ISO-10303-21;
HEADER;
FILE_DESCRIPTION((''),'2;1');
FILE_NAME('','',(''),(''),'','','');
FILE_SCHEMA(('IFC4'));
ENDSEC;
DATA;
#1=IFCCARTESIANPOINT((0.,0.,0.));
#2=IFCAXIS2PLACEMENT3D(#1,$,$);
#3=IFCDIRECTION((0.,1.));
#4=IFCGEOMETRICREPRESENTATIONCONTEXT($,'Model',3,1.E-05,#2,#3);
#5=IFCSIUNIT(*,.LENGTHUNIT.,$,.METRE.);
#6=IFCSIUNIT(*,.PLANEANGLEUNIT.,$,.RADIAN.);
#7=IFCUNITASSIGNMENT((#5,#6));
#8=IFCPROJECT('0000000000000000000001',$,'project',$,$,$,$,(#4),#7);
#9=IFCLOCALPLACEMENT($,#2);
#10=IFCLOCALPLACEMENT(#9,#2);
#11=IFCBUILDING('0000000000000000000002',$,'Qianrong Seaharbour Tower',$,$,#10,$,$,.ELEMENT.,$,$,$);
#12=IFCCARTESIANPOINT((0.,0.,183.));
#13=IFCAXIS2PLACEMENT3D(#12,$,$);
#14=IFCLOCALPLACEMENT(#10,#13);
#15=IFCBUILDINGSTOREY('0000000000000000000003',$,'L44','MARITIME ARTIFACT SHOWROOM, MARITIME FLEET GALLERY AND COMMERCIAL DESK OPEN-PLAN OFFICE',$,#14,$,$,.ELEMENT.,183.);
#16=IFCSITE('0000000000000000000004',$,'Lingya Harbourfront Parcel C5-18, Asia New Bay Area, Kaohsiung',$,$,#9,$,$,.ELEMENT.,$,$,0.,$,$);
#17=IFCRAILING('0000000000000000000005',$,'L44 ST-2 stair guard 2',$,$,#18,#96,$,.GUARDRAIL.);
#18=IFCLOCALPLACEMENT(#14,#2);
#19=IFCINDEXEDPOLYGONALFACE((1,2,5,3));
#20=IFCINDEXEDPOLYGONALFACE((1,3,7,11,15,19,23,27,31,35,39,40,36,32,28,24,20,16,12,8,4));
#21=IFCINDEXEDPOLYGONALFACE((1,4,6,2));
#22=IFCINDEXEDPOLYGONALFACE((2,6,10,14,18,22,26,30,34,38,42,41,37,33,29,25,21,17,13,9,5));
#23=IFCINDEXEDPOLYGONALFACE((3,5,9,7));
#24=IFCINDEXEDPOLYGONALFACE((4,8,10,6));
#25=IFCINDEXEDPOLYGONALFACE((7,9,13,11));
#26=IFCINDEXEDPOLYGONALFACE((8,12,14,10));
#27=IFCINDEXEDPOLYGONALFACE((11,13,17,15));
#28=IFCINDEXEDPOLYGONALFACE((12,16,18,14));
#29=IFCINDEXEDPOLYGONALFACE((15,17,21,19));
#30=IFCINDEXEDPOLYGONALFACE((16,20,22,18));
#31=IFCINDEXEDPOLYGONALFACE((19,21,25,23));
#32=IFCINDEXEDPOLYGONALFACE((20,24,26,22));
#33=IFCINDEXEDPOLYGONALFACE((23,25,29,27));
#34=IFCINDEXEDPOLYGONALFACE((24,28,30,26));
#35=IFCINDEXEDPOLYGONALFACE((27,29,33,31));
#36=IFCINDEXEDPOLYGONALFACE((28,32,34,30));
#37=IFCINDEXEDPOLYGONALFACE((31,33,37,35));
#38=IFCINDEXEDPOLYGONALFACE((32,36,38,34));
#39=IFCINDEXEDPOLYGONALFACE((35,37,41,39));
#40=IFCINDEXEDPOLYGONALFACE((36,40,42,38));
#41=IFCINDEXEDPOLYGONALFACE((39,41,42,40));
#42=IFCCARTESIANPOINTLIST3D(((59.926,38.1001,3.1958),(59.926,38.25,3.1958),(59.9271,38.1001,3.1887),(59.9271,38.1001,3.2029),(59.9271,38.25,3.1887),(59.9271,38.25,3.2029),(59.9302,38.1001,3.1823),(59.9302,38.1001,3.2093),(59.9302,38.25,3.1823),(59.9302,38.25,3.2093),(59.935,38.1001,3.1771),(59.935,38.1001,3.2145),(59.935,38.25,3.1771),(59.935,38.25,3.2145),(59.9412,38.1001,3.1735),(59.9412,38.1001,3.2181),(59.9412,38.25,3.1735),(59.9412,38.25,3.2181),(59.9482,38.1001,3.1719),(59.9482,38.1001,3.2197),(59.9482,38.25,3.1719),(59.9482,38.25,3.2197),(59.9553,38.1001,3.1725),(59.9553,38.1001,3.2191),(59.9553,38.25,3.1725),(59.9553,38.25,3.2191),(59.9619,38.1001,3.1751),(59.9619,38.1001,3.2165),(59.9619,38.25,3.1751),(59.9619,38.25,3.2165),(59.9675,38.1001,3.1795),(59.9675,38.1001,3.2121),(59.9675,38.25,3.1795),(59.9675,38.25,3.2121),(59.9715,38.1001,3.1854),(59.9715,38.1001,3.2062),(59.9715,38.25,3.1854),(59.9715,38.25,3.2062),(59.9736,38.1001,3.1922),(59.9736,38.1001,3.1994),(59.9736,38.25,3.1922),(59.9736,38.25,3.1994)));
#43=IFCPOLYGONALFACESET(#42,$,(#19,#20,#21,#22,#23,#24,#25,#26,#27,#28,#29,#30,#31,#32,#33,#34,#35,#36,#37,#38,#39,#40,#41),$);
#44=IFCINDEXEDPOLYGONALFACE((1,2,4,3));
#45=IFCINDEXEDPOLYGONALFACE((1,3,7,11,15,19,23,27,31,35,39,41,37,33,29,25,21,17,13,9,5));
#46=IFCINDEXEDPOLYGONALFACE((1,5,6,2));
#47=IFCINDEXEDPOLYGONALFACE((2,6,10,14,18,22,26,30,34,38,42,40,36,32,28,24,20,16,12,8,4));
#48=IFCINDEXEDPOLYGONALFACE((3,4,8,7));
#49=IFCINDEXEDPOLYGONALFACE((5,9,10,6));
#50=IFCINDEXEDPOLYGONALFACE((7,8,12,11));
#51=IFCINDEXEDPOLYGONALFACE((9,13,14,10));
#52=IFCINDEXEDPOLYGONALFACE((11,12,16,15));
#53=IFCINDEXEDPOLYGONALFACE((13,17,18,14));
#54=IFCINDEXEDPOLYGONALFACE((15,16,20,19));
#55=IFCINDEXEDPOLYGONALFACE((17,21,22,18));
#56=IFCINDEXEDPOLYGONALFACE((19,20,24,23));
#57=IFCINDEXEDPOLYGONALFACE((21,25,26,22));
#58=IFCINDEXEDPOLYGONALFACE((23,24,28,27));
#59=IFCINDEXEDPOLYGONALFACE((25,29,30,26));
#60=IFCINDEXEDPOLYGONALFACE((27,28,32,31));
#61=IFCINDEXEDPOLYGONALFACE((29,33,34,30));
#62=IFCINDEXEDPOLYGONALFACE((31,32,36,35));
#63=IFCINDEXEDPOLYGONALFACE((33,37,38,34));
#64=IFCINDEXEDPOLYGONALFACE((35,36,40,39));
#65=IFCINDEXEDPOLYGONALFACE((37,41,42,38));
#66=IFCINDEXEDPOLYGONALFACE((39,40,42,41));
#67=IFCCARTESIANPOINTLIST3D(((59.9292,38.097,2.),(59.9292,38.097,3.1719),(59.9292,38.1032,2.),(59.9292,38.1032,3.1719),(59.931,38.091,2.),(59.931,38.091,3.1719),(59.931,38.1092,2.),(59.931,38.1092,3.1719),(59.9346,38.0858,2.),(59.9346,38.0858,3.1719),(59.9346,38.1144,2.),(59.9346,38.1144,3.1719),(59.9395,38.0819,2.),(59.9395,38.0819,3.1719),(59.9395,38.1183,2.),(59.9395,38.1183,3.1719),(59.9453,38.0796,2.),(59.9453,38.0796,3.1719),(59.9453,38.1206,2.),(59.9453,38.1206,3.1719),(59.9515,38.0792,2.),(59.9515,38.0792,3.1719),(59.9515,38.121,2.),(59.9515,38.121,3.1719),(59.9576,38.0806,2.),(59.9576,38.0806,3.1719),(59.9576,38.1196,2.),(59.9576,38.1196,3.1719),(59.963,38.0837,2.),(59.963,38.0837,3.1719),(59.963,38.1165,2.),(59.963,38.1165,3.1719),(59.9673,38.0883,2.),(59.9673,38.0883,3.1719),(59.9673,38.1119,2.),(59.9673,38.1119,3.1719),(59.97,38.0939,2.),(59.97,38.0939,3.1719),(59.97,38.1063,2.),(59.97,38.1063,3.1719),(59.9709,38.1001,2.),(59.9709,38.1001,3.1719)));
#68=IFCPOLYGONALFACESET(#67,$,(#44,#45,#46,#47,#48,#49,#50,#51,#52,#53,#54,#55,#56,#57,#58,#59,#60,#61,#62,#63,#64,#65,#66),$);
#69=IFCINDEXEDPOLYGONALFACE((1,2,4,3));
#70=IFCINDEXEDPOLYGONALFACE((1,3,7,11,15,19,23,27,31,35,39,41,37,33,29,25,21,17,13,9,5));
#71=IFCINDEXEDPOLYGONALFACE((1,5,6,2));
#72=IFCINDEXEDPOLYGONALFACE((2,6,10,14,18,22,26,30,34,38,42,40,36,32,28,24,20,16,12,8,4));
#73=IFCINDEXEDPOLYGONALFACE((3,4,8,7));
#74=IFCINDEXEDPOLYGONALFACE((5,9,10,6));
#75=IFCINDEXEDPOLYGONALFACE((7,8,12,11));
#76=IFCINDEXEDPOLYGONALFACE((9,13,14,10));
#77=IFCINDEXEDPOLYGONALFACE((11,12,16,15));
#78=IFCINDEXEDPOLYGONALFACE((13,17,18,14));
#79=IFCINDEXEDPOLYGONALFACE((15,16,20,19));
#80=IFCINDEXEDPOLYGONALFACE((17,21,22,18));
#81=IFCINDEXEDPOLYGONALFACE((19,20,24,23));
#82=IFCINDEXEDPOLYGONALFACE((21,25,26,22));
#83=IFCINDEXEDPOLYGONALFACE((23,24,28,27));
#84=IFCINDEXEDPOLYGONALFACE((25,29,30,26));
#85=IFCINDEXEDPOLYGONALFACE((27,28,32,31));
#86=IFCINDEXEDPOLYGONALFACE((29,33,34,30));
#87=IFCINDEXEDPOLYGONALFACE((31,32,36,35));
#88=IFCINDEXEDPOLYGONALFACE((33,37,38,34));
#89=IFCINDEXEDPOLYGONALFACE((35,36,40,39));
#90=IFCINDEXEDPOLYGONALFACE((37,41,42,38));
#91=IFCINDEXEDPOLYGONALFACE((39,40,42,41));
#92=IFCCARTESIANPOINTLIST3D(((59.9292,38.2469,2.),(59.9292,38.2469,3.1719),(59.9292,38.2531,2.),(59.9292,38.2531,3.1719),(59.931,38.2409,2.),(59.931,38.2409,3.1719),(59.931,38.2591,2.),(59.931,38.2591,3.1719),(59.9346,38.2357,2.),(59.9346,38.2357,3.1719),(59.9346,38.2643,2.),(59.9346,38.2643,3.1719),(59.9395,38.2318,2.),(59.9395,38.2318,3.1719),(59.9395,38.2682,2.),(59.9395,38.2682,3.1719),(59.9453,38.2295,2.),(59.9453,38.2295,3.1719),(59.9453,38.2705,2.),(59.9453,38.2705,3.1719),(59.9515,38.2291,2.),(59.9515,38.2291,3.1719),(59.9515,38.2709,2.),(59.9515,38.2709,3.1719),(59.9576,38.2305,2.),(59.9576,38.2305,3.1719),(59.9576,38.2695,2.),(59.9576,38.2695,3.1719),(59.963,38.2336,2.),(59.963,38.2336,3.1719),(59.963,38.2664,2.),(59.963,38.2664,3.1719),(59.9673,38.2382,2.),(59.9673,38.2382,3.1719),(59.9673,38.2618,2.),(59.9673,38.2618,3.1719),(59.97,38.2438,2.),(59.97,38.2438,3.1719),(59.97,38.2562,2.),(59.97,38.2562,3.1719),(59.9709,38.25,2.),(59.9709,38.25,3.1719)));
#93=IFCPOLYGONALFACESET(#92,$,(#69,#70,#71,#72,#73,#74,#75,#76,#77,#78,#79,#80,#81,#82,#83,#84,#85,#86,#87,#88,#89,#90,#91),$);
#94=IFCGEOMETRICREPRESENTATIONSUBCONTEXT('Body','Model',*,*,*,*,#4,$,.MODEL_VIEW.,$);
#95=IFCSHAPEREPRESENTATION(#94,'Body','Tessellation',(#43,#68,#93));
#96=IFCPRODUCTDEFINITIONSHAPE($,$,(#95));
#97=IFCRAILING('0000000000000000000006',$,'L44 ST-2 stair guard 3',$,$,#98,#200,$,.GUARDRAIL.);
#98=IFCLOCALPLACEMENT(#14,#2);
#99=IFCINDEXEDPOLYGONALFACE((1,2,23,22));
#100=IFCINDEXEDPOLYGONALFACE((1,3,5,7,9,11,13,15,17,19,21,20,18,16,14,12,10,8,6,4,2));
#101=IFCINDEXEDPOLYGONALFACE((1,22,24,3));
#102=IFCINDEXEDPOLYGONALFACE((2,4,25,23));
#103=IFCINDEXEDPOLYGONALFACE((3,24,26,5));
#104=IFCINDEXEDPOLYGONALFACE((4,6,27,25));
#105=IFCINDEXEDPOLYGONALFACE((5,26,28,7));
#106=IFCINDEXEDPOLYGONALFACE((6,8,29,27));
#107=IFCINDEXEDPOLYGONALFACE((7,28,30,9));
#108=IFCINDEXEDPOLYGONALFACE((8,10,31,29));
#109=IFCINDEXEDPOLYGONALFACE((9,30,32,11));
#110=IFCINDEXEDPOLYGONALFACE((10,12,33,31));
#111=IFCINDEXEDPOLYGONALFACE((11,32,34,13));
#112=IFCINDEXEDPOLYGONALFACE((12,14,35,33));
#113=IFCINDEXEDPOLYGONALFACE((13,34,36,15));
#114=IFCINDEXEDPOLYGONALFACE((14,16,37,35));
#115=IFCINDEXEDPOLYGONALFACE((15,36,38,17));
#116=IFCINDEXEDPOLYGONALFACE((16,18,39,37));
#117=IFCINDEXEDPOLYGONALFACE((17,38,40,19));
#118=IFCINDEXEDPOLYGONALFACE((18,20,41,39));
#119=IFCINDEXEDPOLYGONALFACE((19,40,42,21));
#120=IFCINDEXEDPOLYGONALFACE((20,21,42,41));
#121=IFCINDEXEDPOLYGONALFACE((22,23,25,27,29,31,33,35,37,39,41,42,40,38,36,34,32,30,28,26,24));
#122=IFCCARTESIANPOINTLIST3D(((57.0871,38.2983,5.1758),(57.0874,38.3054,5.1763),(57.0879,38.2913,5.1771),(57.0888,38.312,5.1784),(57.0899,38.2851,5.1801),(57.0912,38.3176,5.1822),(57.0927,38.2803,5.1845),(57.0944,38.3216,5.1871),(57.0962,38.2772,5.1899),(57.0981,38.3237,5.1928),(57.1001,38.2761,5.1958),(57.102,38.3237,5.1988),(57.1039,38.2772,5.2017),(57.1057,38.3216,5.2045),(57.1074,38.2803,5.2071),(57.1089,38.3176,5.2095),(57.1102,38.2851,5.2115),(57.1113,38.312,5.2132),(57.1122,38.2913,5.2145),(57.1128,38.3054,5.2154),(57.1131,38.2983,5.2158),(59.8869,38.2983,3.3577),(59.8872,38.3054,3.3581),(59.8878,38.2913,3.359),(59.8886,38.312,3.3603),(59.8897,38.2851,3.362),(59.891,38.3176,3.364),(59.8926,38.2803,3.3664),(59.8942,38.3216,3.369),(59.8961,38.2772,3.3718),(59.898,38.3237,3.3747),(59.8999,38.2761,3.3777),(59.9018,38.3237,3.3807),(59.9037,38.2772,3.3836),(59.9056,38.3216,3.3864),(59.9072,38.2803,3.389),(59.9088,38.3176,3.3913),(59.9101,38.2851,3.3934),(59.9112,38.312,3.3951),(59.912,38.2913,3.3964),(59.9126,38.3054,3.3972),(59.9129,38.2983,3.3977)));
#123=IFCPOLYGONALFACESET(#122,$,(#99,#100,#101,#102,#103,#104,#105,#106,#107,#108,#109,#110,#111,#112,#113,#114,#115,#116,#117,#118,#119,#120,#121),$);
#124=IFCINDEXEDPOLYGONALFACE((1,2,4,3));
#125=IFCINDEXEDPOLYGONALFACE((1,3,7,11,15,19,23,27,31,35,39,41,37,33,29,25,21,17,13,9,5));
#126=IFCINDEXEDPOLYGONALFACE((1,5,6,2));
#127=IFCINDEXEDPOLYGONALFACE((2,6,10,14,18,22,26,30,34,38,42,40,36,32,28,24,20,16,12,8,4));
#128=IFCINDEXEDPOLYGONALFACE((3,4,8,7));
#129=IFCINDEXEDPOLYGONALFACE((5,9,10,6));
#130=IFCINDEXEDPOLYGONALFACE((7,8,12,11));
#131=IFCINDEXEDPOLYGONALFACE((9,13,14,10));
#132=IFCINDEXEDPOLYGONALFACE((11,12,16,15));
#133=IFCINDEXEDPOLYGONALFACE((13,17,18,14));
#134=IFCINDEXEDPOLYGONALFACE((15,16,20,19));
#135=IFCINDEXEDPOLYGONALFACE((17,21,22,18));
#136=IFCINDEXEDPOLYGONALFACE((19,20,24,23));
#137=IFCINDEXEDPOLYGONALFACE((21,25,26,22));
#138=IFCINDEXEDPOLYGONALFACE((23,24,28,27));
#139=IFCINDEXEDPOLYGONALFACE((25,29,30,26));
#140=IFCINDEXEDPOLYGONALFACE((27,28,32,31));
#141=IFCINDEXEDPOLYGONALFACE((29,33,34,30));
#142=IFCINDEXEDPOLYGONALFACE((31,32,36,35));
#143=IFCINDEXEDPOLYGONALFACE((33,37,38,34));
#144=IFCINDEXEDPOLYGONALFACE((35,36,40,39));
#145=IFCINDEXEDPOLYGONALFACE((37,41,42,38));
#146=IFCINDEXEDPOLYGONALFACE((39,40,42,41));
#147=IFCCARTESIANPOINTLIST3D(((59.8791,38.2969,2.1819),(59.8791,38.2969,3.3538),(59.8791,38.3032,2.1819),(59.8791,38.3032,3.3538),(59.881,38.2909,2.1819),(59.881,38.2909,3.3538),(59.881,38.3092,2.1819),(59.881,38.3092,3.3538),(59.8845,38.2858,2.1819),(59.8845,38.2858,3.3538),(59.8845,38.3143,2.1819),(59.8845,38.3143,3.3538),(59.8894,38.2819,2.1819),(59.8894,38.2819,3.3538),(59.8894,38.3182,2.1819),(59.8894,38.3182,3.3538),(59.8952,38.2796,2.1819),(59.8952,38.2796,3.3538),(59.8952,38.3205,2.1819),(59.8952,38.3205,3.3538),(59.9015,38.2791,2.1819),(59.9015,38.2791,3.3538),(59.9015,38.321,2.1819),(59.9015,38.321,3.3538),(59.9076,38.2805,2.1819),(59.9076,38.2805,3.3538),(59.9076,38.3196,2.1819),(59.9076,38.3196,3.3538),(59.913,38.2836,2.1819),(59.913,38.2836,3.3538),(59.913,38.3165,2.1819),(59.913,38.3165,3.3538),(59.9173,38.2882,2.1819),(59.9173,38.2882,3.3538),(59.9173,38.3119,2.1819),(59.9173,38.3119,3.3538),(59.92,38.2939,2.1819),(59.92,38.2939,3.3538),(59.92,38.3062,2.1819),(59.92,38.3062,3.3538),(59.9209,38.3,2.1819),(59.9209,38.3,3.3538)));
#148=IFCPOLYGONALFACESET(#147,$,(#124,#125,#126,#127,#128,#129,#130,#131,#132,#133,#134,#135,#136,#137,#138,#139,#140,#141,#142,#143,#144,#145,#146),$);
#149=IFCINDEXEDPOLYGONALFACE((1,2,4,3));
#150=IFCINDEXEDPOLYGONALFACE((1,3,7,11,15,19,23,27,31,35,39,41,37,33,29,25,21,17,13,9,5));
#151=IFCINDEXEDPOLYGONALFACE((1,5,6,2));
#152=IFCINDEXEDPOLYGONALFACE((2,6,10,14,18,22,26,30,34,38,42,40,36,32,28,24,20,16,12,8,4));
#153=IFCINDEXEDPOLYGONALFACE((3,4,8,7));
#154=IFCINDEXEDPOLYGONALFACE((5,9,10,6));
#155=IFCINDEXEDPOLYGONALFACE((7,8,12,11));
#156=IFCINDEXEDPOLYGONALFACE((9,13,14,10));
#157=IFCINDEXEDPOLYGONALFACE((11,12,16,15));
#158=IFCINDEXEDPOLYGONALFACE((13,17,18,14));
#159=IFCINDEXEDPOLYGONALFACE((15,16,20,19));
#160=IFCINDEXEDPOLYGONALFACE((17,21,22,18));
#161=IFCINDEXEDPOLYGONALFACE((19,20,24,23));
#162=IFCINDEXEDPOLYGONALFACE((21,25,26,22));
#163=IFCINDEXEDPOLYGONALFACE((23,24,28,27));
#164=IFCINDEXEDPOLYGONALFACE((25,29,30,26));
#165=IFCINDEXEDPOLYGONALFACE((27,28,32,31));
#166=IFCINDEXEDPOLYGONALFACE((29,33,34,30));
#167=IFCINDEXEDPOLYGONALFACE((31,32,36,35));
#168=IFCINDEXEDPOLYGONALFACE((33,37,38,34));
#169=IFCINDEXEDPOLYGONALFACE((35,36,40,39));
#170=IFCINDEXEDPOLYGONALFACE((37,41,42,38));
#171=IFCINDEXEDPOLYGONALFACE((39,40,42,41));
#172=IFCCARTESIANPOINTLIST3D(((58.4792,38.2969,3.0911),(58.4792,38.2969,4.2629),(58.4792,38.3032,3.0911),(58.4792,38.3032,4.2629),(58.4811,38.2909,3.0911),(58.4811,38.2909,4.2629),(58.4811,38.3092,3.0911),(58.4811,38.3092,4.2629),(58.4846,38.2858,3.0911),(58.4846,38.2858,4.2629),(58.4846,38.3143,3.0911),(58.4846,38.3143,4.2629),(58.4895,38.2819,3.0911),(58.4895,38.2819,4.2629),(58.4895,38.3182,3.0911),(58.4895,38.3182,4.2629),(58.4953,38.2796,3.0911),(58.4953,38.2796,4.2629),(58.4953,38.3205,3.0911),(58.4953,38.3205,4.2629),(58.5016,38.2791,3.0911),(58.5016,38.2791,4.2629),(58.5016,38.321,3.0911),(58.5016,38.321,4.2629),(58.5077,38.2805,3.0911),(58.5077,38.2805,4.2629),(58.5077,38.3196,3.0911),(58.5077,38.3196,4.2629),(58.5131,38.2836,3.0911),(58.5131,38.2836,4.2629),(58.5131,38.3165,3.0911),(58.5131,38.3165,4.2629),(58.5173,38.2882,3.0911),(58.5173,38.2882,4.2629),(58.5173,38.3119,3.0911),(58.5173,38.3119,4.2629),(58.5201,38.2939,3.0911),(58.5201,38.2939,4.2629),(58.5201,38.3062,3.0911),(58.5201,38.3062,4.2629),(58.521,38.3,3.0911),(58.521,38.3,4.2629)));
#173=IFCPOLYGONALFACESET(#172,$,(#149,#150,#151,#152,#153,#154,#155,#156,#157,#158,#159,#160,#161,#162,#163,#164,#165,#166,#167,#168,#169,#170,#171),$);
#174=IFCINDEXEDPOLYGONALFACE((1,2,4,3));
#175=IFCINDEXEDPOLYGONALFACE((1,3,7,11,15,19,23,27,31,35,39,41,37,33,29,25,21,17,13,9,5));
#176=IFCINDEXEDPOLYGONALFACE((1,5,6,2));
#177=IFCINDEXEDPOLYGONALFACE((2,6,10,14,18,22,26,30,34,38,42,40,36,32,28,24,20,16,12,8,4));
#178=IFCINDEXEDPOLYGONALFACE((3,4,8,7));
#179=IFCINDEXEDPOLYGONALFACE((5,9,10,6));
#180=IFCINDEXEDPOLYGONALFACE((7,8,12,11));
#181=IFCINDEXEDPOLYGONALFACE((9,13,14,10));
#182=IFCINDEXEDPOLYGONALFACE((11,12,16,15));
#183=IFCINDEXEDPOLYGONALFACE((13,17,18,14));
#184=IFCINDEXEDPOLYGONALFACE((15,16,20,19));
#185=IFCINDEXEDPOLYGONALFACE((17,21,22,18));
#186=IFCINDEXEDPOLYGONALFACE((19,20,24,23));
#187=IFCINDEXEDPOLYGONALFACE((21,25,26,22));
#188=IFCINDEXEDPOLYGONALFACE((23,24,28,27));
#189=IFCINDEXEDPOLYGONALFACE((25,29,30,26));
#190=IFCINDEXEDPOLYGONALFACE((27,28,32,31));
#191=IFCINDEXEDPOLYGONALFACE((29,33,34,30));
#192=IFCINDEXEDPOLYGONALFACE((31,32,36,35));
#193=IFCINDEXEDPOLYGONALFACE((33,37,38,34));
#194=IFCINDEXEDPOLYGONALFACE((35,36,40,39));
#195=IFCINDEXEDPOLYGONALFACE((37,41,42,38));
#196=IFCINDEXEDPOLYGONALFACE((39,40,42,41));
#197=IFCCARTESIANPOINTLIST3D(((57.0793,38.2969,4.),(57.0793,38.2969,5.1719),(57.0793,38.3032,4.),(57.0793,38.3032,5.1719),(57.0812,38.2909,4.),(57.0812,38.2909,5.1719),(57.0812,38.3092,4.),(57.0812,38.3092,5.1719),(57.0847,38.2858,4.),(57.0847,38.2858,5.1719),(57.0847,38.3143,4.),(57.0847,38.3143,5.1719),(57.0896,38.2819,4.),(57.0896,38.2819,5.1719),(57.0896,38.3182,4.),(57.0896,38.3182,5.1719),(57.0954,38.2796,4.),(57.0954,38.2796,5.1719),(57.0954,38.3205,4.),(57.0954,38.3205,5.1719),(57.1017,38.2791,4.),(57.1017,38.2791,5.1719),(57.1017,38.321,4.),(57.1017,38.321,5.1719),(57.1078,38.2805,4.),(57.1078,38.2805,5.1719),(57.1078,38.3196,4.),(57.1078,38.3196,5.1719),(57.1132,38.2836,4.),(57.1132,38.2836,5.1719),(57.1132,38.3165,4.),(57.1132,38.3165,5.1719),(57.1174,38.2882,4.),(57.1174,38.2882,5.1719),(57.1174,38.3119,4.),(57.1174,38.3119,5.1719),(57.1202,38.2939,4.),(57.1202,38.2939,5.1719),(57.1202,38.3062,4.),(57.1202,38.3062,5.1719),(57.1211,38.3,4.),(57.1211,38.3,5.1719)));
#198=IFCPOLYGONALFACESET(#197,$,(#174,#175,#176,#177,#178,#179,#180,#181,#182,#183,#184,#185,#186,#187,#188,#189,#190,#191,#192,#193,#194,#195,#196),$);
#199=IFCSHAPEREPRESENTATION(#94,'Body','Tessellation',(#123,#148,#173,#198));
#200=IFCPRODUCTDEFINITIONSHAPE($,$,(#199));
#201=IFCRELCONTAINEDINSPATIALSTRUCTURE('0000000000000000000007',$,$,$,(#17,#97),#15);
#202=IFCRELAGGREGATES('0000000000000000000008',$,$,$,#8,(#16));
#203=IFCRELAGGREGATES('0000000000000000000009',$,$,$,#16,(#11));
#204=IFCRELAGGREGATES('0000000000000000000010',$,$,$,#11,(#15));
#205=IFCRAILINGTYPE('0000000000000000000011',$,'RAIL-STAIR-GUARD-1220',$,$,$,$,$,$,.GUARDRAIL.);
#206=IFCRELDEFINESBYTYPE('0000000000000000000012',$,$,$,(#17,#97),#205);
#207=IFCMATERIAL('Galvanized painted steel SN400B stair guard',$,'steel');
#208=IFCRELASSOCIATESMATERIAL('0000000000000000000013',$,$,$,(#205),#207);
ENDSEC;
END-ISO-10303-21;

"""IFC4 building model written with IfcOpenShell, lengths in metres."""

from ifc_helpers import new_model, si_unit, direction, frame, origin, origin_2d, place, context, subcontext, project, spatial, circle, extrude, material, type_object, element, save


model = new_model("IFC4")

# Units and contexts
model_context = context("Model", 3, precision=1e-05, world=origin(), true_north=direction((0.0, 1.0)))
body_context = subcontext(model_context, "Body", "Model", "MODEL_VIEW")
ifc_project = project(units=[si_unit("LENGTHUNIT", "METRE"), si_unit("PLANEANGLEUNIT", "RADIAN")], contexts=[model_context])

# Site, building, storey
site_placement = place(None, origin())
site = spatial("IfcSite", under=ifc_project, at=site_placement, Name="Lingya Harbourfront Parcel C5-18, Asia New Bay Area, Kaohsiung", CompositionType="ELEMENT", RefElevation=0.0)
building_placement = place(site_placement, origin())
building = spatial("IfcBuilding", under=site, at=building_placement, Name="Qianrong Seaharbour Tower", CompositionType="ELEMENT")
storey_placement = place(building_placement, frame((0.0, 0.0, 183.0)))
storey = spatial("IfcBuildingStorey", under=building, at=storey_placement, Name="L44", Description="MARITIME ARTIFACT SHOWROOM, MARITIME FLEET GALLERY AND COMMERCIAL DESK OPEN-PLAN OFFICE", CompositionType="ELEMENT", Elevation=183.0)

# Railings
ifc_material_1 = material(Name="Galvanized painted steel SN400B stair guard", Category="steel")
railing_type_1 = type_object("IfcRailingType", Name="RAIL-STAIR-GUARD-1220", PredefinedType="GUARDRAIL", material=ifc_material_1)
railing_1_placement = place(storey_placement, frame((59.95, 38.1001, 2.0)))
element("IfcRailing", 1, at=railing_1_placement, inside=storey, type_object=railing_type_1, Name="L44 ST-2 stair guard 2", PredefinedType="GUARDRAIL", context=body_context, shape_type="SweptSolid", body=[
    extrude(circle(Radius=0.0239, at=origin_2d()), frame((0.0, 0.0, 1.1958), z_axis=(0.0, 1.0, 0.0), x_axis=(-1.0, 0.0, 0.0)), (0.0, 0.0, 1.0), 0.1499),
    extrude(circle(Radius=0.021, at=origin_2d()), origin(), (0.0, 0.0, 1.0), 1.1719),
    extrude(circle(Radius=0.021, at=origin_2d()), frame((0.0, 0.1499, 0.0)), (0.0, 0.0, 1.0), 1.1719),
])
railing_2_placement = place(storey_placement, frame((59.8999, 38.3, 2.1819)))
element("IfcRailing", 2, at=railing_2_placement, inside=storey, type_object=railing_type_1, Name="L44 ST-2 stair guard 3", PredefinedType="GUARDRAIL", context=body_context, shape_type="SweptSolid", body=[
    extrude(circle(Radius=0.0239, at=origin_2d()), frame((0.0, 0.0, 1.1958), z_axis=(-0.838684, 0.0, 0.544618), x_axis=(0.0, -1.0, 0.0)), (0.0, 0.0, 1.0), 3.3384),
    extrude(circle(Radius=0.021, at=origin_2d()), origin(), (0.0, 0.0, 1.0), 1.1719),
    extrude(circle(Radius=0.021, at=origin_2d()), frame((-1.3999, 0.0, 0.9092)), (0.0, 0.0, 1.0), 1.1719),
    extrude(circle(Radius=0.021, at=origin_2d()), frame((-2.7998, 0.0, 1.8181)), (0.0, 0.0, 1.0), 1.1719),
])

save(model, "model.ifc")
